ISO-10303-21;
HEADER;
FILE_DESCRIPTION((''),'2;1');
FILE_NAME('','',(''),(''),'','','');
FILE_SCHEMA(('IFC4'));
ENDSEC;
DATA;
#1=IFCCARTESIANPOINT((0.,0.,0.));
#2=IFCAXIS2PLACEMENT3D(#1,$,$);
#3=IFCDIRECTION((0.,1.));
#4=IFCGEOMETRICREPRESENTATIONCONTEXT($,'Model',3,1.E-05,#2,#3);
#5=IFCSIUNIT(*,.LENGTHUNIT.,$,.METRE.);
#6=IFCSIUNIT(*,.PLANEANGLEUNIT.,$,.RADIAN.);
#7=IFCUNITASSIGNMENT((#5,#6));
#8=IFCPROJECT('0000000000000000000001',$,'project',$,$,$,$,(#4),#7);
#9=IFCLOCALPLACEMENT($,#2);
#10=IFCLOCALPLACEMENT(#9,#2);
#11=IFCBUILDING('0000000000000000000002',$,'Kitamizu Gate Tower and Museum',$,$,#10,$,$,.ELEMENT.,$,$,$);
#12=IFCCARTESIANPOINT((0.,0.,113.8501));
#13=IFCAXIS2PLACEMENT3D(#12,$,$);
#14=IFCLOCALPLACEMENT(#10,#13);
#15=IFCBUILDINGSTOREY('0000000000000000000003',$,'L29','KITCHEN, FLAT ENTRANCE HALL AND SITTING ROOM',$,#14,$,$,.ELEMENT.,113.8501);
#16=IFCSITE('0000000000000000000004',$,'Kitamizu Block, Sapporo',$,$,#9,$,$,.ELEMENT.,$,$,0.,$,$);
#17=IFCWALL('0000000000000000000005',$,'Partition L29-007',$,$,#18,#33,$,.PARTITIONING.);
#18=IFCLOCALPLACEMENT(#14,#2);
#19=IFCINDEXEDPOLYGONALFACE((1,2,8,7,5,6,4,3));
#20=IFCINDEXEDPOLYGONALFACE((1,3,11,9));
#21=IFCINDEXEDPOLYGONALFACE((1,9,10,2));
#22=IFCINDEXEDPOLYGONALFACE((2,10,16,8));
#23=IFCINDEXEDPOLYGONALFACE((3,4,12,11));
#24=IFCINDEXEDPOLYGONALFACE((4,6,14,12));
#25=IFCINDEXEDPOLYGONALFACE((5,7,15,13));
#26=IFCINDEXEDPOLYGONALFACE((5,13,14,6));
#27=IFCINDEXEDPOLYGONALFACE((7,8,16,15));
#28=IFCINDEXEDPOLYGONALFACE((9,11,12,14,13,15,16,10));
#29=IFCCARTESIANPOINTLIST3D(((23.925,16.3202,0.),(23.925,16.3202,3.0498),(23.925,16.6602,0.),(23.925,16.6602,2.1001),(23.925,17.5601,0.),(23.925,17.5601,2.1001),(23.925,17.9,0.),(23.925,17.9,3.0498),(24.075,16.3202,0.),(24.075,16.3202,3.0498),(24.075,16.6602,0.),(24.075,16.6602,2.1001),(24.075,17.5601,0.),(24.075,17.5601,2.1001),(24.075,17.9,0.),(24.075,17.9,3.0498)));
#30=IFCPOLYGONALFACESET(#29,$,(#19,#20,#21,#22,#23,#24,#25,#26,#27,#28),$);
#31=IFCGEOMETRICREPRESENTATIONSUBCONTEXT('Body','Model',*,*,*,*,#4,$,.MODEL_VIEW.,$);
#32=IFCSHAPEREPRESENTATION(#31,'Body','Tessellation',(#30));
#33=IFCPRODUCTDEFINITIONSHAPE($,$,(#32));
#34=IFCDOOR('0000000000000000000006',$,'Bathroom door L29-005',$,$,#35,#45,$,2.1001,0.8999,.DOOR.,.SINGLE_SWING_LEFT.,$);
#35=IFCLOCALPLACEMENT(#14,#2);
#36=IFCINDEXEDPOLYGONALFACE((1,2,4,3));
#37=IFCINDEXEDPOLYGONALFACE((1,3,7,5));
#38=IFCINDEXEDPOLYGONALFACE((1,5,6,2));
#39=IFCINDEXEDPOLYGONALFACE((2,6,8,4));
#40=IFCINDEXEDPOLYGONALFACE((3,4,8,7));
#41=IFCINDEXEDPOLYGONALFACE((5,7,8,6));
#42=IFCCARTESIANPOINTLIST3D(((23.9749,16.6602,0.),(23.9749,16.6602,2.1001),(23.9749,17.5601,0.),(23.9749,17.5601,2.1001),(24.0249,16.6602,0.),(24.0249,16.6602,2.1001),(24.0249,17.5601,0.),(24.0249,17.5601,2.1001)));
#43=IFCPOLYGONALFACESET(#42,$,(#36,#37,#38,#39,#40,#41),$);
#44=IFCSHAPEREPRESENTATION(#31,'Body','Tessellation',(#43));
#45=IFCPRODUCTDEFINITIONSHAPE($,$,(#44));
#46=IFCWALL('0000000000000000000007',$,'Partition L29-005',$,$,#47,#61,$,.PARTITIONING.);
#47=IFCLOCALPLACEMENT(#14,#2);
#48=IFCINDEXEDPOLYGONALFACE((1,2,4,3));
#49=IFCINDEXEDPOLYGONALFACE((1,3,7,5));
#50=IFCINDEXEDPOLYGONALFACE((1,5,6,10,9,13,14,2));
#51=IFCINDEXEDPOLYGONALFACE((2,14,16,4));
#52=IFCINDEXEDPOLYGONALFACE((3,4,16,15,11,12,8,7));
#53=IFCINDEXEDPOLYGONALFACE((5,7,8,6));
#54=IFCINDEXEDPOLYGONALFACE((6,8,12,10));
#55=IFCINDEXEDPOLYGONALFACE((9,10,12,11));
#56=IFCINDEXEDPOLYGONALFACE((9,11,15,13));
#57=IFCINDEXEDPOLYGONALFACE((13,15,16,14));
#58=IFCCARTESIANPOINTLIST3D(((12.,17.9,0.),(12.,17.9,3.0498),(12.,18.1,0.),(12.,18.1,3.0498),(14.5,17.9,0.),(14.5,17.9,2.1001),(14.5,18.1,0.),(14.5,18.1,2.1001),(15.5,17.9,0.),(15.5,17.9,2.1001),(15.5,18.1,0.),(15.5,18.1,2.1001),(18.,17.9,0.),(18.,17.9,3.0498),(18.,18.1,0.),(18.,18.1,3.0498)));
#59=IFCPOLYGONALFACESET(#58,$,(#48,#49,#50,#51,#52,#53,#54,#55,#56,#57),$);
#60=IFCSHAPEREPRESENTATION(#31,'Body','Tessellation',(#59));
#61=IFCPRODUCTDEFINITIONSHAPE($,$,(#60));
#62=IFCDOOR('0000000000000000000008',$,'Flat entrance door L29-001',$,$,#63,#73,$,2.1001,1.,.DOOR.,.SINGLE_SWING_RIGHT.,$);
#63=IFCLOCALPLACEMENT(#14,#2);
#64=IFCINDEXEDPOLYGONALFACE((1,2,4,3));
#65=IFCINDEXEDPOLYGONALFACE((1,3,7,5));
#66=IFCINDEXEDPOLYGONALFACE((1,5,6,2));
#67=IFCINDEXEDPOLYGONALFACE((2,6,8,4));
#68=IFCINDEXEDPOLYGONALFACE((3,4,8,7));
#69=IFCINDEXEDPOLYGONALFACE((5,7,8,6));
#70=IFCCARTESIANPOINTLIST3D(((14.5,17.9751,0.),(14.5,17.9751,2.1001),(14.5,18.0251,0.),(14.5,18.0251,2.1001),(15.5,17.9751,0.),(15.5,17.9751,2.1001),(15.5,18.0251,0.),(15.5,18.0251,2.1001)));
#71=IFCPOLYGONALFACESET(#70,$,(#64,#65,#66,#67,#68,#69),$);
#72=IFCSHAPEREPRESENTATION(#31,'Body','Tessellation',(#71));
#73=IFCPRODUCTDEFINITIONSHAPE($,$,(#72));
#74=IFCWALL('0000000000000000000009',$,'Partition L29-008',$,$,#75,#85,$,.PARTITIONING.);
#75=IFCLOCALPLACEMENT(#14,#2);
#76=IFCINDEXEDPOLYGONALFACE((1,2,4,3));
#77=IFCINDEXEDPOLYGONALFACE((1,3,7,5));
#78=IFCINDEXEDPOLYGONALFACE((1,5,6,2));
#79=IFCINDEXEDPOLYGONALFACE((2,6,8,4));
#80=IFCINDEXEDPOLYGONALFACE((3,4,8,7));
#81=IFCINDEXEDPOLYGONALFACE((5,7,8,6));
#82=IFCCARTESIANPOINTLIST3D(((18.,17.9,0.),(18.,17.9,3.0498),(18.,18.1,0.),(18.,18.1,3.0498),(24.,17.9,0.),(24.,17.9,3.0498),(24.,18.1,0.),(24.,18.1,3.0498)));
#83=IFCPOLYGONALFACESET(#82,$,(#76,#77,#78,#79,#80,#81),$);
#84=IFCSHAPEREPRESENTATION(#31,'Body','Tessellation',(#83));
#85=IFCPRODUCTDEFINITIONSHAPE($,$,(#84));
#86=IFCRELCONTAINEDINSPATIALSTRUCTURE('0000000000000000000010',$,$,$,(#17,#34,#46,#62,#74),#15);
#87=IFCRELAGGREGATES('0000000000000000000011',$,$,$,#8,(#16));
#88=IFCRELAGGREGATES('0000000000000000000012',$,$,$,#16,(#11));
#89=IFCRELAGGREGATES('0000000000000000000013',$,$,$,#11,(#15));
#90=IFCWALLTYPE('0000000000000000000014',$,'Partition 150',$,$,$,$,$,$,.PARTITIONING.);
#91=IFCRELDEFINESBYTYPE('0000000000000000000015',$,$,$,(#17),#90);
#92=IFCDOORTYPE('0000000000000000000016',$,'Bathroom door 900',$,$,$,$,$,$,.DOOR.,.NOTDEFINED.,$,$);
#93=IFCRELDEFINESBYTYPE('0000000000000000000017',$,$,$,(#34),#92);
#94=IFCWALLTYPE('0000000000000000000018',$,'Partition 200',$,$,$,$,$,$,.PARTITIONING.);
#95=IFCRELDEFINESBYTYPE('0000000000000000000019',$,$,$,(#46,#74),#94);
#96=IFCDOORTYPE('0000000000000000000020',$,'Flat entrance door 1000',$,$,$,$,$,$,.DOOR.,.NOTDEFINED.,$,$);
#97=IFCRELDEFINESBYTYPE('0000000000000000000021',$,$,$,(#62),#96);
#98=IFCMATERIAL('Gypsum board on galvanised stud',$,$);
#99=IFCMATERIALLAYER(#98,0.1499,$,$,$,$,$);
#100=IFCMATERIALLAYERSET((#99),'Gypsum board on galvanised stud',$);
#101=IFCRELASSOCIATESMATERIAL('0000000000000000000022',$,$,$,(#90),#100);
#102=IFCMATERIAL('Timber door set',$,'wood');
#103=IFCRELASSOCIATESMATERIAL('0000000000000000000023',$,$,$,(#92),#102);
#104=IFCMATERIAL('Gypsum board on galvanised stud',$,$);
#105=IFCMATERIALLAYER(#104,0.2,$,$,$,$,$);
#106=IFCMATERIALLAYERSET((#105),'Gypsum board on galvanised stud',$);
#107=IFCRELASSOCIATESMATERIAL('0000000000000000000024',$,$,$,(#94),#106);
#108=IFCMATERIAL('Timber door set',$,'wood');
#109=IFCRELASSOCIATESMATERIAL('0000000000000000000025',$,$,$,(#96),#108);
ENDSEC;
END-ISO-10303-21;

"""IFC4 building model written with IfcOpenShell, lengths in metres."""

from ifc_helpers import new_model, si_unit, direction, frame, frame_2d, origin, place, context, subcontext, project, spatial, rectangle, extrude, material, layer, layer_set, type_object, element, fill, save


model = new_model("IFC4")

# Units and contexts
model_context = context("Model", 3, precision=1e-05, world=origin(), true_north=direction((0.0, 1.0)))
body_context = subcontext(model_context, "Body", "Model", "MODEL_VIEW")
ifc_project = project(units=[si_unit("LENGTHUNIT", "METRE"), si_unit("PLANEANGLEUNIT", "RADIAN")], contexts=[model_context])

# Site, building, storey
site_placement = place(None, origin())
site = spatial("IfcSite", under=ifc_project, at=site_placement, Name="Kitamizu Block, Sapporo", CompositionType="ELEMENT", RefElevation=0.0)
building_placement = place(site_placement, origin())
building = spatial("IfcBuilding", under=site, at=building_placement, Name="Kitamizu Gate Tower and Museum", CompositionType="ELEMENT")
storey_placement = place(building_placement, frame((0.0, 0.0, 113.8501)))
storey = spatial("IfcBuildingStorey", under=building, at=storey_placement, Name="L29", Description="KITCHEN, FLAT ENTRANCE HALL AND SITTING ROOM", CompositionType="ELEMENT", Elevation=113.8501)

# Walls, openings, doors
ifc_material_1 = material(Name="Gypsum board on galvanised stud")
ifc_layer_1 = layer(ifc_material_1, 0.1499)
ifc_layer_set_1 = layer_set([ifc_layer_1], Name="Gypsum board on galvanised stud")
wall_type_1 = type_object("IfcWallType", Name="Partition 150", PredefinedType="PARTITIONING", material=ifc_layer_set_1)
ifc_material_2 = material(Name="Timber door set", Category="wood")
door_type_1 = type_object("IfcDoorType", Name="Bathroom door 900", OperationType="NOTDEFINED", PredefinedType="DOOR", material=ifc_material_2)
wall_1_placement = place(storey_placement, frame((24.0, 16.3201, 0.0), z_axis=(0.0, 0.0, 1.0), x_axis=(0.0, 1.0, 0.0)))
wall_1 = element("IfcWall", 1, at=wall_1_placement, inside=storey, type_object=wall_type_1, Name="Partition L29-007", PredefinedType="PARTITIONING", context=body_context, shape_type="SweptSolid", body=[
    extrude(rectangle(XDim=1.5798, YDim=0.1499, at=frame_2d((0.79, 0.0))), origin(), (0.0, 0.0, 1.0), 3.0498),
])
opening_1_placement = place(wall_1_placement, frame((0.3401, 0.0, 0.0)))
opening_1 = element("IfcOpeningElement", 2, at=opening_1_placement, cuts=wall_1, PredefinedType="OPENING", context=body_context, shape_type="SweptSolid", body=[
    extrude(rectangle(XDim=0.8999, YDim=2.1001, at=frame_2d((0.45, 1.05))), frame((0.0, 0.085, 0.0), z_axis=(0.0, -1.0, 0.0), x_axis=(1.0, 0.0, 0.0)), (0.0, 0.0, 1.0), 0.1699),
])
door_1_placement = place(opening_1_placement, frame((0.8999, 0.0, 0.0), x_axis=(-1.0, 0.0, 0.0)))
door_1 = element("IfcDoor", 3, at=door_1_placement, inside=storey, type_object=door_type_1, Name="Bathroom door L29-005", OperationType="SINGLE_SWING_LEFT", OverallHeight=2.1001, OverallWidth=0.8999, PredefinedType="DOOR", context=body_context, shape_type="SweptSolid", body=[
    extrude(rectangle(XDim=0.8999, YDim=2.1001, at=frame_2d((0.45, 1.05))), frame((0.0, 0.0249, 0.0), z_axis=(0.0, -1.0, 0.0), x_axis=(1.0, 0.0, 0.0)), (0.0, 0.0, 1.0), 0.05),
])
fill(opening_1, door_1)
ifc_material_3 = material(Name="Gypsum board on galvanised stud")
ifc_layer_2 = layer(ifc_material_3, 0.2)
ifc_layer_set_2 = layer_set([ifc_layer_2], Name="Gypsum board on galvanised stud")
wall_type_2 = type_object("IfcWallType", Name="Partition 200", PredefinedType="PARTITIONING", material=ifc_layer_set_2)
wall_2_placement = place(storey_placement, frame((18.0, 18.0, 0.0), z_axis=(0.0, 0.0, 1.0), x_axis=(-1.0, 0.0, 0.0)))
wall_2 = element("IfcWall", 4, at=wall_2_placement, inside=storey, type_object=wall_type_2, Name="Partition L29-005", PredefinedType="PARTITIONING", context=body_context, shape_type="SweptSolid", body=[
    extrude(rectangle(XDim=6.0, YDim=0.2, at=frame_2d((3.0, 0.0))), origin(), (0.0, 0.0, 1.0), 3.0498),
])
opening_2_placement = place(wall_2_placement, frame((2.5, 0.0, 0.0)))
opening_2 = element("IfcOpeningElement", 5, at=opening_2_placement, cuts=wall_2, PredefinedType="OPENING", context=body_context, shape_type="SweptSolid", body=[
    extrude(rectangle(XDim=1.0, YDim=2.1001, at=frame_2d((0.5, 1.05))), frame((0.0, 0.1099, 0.0), z_axis=(0.0, -1.0, 0.0), x_axis=(1.0, 0.0, 0.0)), (0.0, 0.0, 1.0), 0.22),
])
ifc_material_4 = material(Name="Timber door set", Category="wood")
door_type_2 = type_object("IfcDoorType", Name="Flat entrance door 1000", OperationType="NOTDEFINED", PredefinedType="DOOR", material=ifc_material_4)
door_2_placement = place(opening_2_placement, origin())
door_2 = element("IfcDoor", 6, at=door_2_placement, inside=storey, type_object=door_type_2, Name="Flat entrance door L29-001", OperationType="SINGLE_SWING_RIGHT", OverallHeight=2.1001, OverallWidth=1.0, PredefinedType="DOOR", context=body_context, shape_type="SweptSolid", body=[
    extrude(rectangle(XDim=1.0, YDim=2.1001, at=frame_2d((0.5, 1.05))), frame((0.0, 0.0249, 0.0), z_axis=(0.0, -1.0, 0.0), x_axis=(1.0, 0.0, 0.0)), (0.0, 0.0, 1.0), 0.05),
])
fill(opening_2, door_2)

# Wall
wall_3_placement = place(storey_placement, frame((24.0, 18.0, 0.0), z_axis=(0.0, 0.0, 1.0), x_axis=(-1.0, 0.0, 0.0)))
element("IfcWall", 7, at=wall_3_placement, inside=storey, type_object=wall_type_2, Name="Partition L29-008", PredefinedType="PARTITIONING", context=body_context, shape_type="SweptSolid", body=[
    extrude(rectangle(XDim=6.0, YDim=0.2, at=frame_2d((3.0, 0.0))), origin(), (0.0, 0.0, 1.0), 3.0498),
])

save(model, "model.ifc")
